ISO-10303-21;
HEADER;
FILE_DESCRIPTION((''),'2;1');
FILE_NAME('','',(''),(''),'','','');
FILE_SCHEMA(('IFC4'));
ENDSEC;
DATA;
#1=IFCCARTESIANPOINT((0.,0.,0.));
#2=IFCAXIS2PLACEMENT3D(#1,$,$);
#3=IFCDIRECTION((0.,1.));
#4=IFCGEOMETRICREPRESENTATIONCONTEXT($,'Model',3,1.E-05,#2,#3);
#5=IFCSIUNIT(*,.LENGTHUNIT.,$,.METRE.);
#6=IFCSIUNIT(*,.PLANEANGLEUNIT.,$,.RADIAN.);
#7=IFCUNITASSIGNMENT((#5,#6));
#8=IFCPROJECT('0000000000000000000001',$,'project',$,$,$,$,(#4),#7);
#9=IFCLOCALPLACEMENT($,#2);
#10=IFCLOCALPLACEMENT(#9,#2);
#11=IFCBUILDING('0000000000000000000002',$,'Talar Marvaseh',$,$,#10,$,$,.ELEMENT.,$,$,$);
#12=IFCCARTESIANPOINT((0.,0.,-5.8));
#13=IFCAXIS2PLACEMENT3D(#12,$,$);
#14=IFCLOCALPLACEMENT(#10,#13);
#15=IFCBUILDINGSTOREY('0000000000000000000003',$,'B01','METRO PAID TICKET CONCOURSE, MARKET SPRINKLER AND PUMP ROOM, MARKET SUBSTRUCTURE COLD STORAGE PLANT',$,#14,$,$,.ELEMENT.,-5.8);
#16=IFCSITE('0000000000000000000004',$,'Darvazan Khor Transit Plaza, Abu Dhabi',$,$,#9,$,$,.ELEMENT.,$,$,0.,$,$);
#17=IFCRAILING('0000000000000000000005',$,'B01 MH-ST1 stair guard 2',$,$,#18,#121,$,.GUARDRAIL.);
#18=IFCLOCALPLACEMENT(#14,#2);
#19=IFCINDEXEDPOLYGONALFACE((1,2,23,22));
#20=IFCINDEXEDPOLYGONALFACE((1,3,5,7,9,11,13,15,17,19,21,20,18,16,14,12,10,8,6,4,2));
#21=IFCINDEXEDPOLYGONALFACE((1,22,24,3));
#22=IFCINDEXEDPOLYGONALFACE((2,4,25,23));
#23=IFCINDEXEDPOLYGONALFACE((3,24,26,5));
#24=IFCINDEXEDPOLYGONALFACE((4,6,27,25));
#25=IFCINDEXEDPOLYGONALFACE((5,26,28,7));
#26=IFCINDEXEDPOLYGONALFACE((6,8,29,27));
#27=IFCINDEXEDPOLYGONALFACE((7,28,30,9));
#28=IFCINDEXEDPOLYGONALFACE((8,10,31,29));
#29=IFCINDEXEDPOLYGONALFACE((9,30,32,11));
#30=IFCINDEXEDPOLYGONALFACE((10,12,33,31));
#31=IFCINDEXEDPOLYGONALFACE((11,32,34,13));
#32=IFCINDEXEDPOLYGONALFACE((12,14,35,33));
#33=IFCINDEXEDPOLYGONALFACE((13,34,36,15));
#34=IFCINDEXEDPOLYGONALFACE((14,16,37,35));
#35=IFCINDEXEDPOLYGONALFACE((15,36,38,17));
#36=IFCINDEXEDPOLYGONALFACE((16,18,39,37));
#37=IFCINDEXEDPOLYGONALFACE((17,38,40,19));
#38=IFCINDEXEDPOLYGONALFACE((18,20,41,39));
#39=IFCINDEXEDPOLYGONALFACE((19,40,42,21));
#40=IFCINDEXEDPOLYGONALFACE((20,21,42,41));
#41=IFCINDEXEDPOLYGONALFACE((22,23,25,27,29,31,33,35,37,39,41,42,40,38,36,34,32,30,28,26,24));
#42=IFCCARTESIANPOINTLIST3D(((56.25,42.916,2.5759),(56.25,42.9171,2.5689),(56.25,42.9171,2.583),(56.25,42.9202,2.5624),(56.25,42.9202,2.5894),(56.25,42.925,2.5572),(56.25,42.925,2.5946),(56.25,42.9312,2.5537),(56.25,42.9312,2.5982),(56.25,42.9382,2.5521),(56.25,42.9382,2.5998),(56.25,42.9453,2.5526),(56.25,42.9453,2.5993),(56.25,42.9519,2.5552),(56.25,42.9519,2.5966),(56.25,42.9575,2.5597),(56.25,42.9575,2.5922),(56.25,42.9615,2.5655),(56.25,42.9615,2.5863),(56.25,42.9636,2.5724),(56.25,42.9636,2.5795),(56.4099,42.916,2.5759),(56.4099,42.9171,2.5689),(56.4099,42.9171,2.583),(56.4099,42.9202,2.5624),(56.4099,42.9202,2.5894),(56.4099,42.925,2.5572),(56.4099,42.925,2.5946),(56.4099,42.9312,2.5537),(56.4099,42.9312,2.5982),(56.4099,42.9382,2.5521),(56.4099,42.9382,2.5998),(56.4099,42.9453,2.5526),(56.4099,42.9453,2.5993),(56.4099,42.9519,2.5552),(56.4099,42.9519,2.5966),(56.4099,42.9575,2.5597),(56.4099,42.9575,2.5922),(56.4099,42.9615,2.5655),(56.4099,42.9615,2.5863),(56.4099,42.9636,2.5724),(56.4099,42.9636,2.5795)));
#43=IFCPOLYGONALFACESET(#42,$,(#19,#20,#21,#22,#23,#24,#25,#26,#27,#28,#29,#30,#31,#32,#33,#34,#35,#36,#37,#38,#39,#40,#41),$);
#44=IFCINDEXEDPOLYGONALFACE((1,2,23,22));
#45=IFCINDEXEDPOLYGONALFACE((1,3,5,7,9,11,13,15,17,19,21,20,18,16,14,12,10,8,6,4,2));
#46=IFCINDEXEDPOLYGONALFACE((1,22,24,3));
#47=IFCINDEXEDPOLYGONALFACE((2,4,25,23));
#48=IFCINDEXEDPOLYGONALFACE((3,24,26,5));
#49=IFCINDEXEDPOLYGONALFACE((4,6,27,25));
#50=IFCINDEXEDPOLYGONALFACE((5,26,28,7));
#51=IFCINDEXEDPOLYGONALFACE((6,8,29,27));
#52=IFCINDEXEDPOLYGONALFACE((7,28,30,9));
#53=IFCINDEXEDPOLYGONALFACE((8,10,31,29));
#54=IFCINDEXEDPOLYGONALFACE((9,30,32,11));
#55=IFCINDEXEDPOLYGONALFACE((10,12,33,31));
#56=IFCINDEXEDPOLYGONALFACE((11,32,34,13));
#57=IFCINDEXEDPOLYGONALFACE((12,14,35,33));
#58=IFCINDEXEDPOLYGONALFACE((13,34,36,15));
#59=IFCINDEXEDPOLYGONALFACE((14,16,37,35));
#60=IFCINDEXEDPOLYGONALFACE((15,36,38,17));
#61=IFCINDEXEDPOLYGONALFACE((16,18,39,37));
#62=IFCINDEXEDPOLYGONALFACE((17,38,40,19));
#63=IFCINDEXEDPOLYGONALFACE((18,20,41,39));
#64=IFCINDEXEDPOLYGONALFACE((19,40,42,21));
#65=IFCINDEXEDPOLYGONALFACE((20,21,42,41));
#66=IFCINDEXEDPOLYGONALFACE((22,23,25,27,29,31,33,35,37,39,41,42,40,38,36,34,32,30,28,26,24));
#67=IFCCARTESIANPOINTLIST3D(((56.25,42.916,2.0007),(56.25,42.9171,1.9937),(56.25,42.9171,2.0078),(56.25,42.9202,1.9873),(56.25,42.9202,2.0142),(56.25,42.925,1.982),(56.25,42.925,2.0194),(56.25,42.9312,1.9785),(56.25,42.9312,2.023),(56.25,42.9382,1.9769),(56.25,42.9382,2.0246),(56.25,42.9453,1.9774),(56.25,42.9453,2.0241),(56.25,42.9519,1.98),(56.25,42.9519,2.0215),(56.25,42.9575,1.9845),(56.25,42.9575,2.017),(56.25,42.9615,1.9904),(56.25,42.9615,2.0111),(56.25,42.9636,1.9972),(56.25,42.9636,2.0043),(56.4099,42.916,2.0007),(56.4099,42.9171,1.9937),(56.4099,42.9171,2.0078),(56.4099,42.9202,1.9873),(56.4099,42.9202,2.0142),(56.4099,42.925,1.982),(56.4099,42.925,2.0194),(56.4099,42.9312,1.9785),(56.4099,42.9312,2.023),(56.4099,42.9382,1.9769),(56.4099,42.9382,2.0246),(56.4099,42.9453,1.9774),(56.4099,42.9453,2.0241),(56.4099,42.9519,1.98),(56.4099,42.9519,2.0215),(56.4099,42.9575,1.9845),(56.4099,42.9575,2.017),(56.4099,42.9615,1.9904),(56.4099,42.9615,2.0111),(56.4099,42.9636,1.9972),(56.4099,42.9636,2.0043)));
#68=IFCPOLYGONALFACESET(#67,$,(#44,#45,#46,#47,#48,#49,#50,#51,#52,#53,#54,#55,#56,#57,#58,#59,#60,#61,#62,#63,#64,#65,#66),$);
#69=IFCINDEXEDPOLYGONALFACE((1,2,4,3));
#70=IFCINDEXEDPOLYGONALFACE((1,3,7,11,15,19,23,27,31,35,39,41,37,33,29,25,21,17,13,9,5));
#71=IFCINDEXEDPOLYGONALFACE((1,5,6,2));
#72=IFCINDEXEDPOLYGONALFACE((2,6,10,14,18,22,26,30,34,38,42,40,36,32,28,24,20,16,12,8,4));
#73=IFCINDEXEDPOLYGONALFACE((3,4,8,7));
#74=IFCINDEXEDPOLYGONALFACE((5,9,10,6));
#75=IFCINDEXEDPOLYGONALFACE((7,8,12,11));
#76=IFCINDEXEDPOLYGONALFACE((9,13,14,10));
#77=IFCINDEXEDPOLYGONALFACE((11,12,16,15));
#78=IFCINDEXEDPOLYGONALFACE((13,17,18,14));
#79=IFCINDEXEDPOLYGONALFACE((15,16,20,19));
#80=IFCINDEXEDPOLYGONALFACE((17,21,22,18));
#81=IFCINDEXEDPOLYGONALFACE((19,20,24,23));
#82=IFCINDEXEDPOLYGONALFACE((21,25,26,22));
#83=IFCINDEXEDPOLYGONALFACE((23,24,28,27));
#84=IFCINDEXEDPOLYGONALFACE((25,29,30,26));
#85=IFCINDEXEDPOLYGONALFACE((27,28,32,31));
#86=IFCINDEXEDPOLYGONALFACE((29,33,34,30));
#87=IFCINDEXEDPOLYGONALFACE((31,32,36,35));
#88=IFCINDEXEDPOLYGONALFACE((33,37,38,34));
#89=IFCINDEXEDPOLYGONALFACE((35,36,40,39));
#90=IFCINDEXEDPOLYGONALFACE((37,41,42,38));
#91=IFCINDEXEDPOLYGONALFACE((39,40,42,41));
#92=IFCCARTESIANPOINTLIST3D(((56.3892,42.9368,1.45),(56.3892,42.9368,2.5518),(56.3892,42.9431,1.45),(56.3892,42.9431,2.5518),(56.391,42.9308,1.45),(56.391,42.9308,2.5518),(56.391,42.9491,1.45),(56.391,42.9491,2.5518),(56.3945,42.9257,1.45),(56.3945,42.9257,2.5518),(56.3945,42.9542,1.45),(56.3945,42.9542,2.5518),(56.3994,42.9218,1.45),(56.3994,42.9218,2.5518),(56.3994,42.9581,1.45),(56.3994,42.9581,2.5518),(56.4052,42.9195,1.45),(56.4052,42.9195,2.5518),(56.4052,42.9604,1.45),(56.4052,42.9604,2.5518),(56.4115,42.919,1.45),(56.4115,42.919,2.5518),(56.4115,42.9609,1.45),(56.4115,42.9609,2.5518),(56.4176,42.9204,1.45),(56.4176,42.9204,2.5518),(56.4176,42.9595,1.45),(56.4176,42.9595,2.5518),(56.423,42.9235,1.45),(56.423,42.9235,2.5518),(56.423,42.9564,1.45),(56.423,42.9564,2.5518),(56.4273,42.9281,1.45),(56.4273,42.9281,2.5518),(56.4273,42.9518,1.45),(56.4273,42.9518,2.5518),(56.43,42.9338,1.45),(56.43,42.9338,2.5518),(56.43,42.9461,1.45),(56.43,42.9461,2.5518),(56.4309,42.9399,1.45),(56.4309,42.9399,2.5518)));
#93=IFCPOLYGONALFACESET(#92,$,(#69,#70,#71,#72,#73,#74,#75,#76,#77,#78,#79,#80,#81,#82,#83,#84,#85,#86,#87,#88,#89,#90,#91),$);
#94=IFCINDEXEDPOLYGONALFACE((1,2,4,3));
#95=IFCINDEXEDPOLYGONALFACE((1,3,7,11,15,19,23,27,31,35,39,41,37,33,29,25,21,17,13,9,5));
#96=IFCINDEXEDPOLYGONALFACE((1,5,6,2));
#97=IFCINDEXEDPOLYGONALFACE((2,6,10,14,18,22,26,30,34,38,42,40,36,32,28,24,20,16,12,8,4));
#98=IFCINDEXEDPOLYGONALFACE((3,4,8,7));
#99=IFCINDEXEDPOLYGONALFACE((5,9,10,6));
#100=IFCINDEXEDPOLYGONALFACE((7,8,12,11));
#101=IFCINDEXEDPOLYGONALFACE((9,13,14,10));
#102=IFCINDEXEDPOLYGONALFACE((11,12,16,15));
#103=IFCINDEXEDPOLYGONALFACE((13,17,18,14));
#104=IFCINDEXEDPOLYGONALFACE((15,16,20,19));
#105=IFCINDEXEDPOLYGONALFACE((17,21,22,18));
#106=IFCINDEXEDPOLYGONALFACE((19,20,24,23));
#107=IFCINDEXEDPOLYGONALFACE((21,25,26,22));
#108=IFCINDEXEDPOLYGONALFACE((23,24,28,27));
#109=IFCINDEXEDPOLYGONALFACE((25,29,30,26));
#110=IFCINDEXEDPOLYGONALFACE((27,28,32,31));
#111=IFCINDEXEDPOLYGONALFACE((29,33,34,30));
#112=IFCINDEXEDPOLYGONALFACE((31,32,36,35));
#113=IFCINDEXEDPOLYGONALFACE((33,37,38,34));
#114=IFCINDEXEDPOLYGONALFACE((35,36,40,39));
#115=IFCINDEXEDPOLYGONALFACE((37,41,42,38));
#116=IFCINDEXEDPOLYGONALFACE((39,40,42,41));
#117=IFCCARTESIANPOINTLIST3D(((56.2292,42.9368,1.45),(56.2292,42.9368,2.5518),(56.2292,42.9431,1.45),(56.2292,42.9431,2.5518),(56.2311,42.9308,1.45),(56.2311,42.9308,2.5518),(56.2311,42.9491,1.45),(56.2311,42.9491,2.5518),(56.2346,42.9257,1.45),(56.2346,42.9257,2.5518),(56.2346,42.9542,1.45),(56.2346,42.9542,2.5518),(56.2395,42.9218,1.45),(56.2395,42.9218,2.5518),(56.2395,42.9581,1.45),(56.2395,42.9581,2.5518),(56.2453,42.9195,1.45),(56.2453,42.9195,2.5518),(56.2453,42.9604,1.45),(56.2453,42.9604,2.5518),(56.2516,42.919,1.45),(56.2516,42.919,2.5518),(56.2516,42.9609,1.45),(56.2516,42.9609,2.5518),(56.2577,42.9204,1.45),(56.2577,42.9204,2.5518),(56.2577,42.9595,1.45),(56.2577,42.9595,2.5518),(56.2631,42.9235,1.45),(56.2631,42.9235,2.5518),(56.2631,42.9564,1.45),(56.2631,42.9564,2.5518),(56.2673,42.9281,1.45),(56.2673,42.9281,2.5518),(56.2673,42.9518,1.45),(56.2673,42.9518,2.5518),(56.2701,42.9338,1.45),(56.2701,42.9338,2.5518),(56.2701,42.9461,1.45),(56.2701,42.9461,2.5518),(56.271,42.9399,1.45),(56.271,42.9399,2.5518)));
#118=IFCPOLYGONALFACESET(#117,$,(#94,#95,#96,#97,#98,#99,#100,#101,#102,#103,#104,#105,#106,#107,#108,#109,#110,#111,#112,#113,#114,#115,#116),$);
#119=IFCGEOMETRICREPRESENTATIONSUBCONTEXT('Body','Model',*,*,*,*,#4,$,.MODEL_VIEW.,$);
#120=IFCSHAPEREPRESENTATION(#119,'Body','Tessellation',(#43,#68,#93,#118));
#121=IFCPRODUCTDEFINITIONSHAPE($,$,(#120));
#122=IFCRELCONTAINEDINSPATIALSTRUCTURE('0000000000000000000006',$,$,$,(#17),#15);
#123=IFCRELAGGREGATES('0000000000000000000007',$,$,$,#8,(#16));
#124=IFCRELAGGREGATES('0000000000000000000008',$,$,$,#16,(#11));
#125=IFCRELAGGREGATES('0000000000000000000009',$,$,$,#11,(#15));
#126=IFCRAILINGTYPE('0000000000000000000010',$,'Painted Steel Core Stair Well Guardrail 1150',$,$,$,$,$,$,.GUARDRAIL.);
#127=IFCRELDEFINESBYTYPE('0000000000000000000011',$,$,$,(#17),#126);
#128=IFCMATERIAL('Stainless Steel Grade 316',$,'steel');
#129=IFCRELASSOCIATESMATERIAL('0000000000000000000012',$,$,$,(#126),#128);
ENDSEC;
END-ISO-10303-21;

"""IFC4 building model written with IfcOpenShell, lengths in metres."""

from ifc_helpers import new_model, si_unit, direction, frame, origin, origin_2d, place, context, subcontext, project, spatial, circle, extrude, material, type_object, element, save


model = new_model("IFC4")

# Units and contexts
model_context = context("Model", 3, precision=1e-05, world=origin(), true_north=direction((0.0, 1.0)))
body_context = subcontext(model_context, "Body", "Model", "MODEL_VIEW")
ifc_project = project(units=[si_unit("LENGTHUNIT", "METRE"), si_unit("PLANEANGLEUNIT", "RADIAN")], contexts=[model_context])

# Site, building, storey
site_placement = place(None, origin())
site = spatial("IfcSite", under=ifc_project, at=site_placement, Name="Darvazan Khor Transit Plaza, Abu Dhabi", CompositionType="ELEMENT", RefElevation=0.0)
building_placement = place(site_placement, origin())
building = spatial("IfcBuilding", under=site, at=building_placement, Name="Talar Marvaseh", CompositionType="ELEMENT")
storey_placement = place(building_placement, frame((0.0, 0.0, -5.8)))
storey = spatial("IfcBuildingStorey", under=building, at=storey_placement, Name="B01", Description="METRO PAID TICKET CONCOURSE, MARKET SPRINKLER AND PUMP ROOM, MARKET SUBSTRUCTURE COLD STORAGE PLANT", CompositionType="ELEMENT", Elevation=-5.8)

# Railing
ifc_material_1 = material(Name="Stainless Steel Grade 316", Category="steel")
railing_type_1 = type_object("IfcRailingType", Name="Painted Steel Core Stair Well Guardrail 1150", PredefinedType="GUARDRAIL", material=ifc_material_1)
railing_1_placement = place(storey_placement, frame((56.4099, 42.9399, 1.45)))
element("IfcRailing", 1, at=railing_1_placement, inside=storey, type_object=railing_type_1, Name="B01 MH-ST1 stair guard 2", PredefinedType="GUARDRAIL", context=body_context, shape_type="SweptSolid", body=[
    extrude(circle(Radius=0.0239, at=origin_2d()), frame((0.0, 0.0, 1.126), z_axis=(-1.0, 0.0, 0.0), x_axis=(0.0, -1.0, 0.0)), (0.0, 0.0, 1.0), 0.1599),
    extrude(circle(Radius=0.0239, at=origin_2d()), frame((0.0, 0.0, 0.5508), z_axis=(-1.0, 0.0, 0.0), x_axis=(0.0, -1.0, 0.0)), (0.0, 0.0, 1.0), 0.1599),
    extrude(circle(Radius=0.021, at=origin_2d()), origin(), (0.0, 0.0, 1.0), 1.1018),
    extrude(circle(Radius=0.021, at=origin_2d()), frame((-0.1599, 0.0, 0.0)), (0.0, 0.0, 1.0), 1.1018),
])

save(model, "model.ifc")
